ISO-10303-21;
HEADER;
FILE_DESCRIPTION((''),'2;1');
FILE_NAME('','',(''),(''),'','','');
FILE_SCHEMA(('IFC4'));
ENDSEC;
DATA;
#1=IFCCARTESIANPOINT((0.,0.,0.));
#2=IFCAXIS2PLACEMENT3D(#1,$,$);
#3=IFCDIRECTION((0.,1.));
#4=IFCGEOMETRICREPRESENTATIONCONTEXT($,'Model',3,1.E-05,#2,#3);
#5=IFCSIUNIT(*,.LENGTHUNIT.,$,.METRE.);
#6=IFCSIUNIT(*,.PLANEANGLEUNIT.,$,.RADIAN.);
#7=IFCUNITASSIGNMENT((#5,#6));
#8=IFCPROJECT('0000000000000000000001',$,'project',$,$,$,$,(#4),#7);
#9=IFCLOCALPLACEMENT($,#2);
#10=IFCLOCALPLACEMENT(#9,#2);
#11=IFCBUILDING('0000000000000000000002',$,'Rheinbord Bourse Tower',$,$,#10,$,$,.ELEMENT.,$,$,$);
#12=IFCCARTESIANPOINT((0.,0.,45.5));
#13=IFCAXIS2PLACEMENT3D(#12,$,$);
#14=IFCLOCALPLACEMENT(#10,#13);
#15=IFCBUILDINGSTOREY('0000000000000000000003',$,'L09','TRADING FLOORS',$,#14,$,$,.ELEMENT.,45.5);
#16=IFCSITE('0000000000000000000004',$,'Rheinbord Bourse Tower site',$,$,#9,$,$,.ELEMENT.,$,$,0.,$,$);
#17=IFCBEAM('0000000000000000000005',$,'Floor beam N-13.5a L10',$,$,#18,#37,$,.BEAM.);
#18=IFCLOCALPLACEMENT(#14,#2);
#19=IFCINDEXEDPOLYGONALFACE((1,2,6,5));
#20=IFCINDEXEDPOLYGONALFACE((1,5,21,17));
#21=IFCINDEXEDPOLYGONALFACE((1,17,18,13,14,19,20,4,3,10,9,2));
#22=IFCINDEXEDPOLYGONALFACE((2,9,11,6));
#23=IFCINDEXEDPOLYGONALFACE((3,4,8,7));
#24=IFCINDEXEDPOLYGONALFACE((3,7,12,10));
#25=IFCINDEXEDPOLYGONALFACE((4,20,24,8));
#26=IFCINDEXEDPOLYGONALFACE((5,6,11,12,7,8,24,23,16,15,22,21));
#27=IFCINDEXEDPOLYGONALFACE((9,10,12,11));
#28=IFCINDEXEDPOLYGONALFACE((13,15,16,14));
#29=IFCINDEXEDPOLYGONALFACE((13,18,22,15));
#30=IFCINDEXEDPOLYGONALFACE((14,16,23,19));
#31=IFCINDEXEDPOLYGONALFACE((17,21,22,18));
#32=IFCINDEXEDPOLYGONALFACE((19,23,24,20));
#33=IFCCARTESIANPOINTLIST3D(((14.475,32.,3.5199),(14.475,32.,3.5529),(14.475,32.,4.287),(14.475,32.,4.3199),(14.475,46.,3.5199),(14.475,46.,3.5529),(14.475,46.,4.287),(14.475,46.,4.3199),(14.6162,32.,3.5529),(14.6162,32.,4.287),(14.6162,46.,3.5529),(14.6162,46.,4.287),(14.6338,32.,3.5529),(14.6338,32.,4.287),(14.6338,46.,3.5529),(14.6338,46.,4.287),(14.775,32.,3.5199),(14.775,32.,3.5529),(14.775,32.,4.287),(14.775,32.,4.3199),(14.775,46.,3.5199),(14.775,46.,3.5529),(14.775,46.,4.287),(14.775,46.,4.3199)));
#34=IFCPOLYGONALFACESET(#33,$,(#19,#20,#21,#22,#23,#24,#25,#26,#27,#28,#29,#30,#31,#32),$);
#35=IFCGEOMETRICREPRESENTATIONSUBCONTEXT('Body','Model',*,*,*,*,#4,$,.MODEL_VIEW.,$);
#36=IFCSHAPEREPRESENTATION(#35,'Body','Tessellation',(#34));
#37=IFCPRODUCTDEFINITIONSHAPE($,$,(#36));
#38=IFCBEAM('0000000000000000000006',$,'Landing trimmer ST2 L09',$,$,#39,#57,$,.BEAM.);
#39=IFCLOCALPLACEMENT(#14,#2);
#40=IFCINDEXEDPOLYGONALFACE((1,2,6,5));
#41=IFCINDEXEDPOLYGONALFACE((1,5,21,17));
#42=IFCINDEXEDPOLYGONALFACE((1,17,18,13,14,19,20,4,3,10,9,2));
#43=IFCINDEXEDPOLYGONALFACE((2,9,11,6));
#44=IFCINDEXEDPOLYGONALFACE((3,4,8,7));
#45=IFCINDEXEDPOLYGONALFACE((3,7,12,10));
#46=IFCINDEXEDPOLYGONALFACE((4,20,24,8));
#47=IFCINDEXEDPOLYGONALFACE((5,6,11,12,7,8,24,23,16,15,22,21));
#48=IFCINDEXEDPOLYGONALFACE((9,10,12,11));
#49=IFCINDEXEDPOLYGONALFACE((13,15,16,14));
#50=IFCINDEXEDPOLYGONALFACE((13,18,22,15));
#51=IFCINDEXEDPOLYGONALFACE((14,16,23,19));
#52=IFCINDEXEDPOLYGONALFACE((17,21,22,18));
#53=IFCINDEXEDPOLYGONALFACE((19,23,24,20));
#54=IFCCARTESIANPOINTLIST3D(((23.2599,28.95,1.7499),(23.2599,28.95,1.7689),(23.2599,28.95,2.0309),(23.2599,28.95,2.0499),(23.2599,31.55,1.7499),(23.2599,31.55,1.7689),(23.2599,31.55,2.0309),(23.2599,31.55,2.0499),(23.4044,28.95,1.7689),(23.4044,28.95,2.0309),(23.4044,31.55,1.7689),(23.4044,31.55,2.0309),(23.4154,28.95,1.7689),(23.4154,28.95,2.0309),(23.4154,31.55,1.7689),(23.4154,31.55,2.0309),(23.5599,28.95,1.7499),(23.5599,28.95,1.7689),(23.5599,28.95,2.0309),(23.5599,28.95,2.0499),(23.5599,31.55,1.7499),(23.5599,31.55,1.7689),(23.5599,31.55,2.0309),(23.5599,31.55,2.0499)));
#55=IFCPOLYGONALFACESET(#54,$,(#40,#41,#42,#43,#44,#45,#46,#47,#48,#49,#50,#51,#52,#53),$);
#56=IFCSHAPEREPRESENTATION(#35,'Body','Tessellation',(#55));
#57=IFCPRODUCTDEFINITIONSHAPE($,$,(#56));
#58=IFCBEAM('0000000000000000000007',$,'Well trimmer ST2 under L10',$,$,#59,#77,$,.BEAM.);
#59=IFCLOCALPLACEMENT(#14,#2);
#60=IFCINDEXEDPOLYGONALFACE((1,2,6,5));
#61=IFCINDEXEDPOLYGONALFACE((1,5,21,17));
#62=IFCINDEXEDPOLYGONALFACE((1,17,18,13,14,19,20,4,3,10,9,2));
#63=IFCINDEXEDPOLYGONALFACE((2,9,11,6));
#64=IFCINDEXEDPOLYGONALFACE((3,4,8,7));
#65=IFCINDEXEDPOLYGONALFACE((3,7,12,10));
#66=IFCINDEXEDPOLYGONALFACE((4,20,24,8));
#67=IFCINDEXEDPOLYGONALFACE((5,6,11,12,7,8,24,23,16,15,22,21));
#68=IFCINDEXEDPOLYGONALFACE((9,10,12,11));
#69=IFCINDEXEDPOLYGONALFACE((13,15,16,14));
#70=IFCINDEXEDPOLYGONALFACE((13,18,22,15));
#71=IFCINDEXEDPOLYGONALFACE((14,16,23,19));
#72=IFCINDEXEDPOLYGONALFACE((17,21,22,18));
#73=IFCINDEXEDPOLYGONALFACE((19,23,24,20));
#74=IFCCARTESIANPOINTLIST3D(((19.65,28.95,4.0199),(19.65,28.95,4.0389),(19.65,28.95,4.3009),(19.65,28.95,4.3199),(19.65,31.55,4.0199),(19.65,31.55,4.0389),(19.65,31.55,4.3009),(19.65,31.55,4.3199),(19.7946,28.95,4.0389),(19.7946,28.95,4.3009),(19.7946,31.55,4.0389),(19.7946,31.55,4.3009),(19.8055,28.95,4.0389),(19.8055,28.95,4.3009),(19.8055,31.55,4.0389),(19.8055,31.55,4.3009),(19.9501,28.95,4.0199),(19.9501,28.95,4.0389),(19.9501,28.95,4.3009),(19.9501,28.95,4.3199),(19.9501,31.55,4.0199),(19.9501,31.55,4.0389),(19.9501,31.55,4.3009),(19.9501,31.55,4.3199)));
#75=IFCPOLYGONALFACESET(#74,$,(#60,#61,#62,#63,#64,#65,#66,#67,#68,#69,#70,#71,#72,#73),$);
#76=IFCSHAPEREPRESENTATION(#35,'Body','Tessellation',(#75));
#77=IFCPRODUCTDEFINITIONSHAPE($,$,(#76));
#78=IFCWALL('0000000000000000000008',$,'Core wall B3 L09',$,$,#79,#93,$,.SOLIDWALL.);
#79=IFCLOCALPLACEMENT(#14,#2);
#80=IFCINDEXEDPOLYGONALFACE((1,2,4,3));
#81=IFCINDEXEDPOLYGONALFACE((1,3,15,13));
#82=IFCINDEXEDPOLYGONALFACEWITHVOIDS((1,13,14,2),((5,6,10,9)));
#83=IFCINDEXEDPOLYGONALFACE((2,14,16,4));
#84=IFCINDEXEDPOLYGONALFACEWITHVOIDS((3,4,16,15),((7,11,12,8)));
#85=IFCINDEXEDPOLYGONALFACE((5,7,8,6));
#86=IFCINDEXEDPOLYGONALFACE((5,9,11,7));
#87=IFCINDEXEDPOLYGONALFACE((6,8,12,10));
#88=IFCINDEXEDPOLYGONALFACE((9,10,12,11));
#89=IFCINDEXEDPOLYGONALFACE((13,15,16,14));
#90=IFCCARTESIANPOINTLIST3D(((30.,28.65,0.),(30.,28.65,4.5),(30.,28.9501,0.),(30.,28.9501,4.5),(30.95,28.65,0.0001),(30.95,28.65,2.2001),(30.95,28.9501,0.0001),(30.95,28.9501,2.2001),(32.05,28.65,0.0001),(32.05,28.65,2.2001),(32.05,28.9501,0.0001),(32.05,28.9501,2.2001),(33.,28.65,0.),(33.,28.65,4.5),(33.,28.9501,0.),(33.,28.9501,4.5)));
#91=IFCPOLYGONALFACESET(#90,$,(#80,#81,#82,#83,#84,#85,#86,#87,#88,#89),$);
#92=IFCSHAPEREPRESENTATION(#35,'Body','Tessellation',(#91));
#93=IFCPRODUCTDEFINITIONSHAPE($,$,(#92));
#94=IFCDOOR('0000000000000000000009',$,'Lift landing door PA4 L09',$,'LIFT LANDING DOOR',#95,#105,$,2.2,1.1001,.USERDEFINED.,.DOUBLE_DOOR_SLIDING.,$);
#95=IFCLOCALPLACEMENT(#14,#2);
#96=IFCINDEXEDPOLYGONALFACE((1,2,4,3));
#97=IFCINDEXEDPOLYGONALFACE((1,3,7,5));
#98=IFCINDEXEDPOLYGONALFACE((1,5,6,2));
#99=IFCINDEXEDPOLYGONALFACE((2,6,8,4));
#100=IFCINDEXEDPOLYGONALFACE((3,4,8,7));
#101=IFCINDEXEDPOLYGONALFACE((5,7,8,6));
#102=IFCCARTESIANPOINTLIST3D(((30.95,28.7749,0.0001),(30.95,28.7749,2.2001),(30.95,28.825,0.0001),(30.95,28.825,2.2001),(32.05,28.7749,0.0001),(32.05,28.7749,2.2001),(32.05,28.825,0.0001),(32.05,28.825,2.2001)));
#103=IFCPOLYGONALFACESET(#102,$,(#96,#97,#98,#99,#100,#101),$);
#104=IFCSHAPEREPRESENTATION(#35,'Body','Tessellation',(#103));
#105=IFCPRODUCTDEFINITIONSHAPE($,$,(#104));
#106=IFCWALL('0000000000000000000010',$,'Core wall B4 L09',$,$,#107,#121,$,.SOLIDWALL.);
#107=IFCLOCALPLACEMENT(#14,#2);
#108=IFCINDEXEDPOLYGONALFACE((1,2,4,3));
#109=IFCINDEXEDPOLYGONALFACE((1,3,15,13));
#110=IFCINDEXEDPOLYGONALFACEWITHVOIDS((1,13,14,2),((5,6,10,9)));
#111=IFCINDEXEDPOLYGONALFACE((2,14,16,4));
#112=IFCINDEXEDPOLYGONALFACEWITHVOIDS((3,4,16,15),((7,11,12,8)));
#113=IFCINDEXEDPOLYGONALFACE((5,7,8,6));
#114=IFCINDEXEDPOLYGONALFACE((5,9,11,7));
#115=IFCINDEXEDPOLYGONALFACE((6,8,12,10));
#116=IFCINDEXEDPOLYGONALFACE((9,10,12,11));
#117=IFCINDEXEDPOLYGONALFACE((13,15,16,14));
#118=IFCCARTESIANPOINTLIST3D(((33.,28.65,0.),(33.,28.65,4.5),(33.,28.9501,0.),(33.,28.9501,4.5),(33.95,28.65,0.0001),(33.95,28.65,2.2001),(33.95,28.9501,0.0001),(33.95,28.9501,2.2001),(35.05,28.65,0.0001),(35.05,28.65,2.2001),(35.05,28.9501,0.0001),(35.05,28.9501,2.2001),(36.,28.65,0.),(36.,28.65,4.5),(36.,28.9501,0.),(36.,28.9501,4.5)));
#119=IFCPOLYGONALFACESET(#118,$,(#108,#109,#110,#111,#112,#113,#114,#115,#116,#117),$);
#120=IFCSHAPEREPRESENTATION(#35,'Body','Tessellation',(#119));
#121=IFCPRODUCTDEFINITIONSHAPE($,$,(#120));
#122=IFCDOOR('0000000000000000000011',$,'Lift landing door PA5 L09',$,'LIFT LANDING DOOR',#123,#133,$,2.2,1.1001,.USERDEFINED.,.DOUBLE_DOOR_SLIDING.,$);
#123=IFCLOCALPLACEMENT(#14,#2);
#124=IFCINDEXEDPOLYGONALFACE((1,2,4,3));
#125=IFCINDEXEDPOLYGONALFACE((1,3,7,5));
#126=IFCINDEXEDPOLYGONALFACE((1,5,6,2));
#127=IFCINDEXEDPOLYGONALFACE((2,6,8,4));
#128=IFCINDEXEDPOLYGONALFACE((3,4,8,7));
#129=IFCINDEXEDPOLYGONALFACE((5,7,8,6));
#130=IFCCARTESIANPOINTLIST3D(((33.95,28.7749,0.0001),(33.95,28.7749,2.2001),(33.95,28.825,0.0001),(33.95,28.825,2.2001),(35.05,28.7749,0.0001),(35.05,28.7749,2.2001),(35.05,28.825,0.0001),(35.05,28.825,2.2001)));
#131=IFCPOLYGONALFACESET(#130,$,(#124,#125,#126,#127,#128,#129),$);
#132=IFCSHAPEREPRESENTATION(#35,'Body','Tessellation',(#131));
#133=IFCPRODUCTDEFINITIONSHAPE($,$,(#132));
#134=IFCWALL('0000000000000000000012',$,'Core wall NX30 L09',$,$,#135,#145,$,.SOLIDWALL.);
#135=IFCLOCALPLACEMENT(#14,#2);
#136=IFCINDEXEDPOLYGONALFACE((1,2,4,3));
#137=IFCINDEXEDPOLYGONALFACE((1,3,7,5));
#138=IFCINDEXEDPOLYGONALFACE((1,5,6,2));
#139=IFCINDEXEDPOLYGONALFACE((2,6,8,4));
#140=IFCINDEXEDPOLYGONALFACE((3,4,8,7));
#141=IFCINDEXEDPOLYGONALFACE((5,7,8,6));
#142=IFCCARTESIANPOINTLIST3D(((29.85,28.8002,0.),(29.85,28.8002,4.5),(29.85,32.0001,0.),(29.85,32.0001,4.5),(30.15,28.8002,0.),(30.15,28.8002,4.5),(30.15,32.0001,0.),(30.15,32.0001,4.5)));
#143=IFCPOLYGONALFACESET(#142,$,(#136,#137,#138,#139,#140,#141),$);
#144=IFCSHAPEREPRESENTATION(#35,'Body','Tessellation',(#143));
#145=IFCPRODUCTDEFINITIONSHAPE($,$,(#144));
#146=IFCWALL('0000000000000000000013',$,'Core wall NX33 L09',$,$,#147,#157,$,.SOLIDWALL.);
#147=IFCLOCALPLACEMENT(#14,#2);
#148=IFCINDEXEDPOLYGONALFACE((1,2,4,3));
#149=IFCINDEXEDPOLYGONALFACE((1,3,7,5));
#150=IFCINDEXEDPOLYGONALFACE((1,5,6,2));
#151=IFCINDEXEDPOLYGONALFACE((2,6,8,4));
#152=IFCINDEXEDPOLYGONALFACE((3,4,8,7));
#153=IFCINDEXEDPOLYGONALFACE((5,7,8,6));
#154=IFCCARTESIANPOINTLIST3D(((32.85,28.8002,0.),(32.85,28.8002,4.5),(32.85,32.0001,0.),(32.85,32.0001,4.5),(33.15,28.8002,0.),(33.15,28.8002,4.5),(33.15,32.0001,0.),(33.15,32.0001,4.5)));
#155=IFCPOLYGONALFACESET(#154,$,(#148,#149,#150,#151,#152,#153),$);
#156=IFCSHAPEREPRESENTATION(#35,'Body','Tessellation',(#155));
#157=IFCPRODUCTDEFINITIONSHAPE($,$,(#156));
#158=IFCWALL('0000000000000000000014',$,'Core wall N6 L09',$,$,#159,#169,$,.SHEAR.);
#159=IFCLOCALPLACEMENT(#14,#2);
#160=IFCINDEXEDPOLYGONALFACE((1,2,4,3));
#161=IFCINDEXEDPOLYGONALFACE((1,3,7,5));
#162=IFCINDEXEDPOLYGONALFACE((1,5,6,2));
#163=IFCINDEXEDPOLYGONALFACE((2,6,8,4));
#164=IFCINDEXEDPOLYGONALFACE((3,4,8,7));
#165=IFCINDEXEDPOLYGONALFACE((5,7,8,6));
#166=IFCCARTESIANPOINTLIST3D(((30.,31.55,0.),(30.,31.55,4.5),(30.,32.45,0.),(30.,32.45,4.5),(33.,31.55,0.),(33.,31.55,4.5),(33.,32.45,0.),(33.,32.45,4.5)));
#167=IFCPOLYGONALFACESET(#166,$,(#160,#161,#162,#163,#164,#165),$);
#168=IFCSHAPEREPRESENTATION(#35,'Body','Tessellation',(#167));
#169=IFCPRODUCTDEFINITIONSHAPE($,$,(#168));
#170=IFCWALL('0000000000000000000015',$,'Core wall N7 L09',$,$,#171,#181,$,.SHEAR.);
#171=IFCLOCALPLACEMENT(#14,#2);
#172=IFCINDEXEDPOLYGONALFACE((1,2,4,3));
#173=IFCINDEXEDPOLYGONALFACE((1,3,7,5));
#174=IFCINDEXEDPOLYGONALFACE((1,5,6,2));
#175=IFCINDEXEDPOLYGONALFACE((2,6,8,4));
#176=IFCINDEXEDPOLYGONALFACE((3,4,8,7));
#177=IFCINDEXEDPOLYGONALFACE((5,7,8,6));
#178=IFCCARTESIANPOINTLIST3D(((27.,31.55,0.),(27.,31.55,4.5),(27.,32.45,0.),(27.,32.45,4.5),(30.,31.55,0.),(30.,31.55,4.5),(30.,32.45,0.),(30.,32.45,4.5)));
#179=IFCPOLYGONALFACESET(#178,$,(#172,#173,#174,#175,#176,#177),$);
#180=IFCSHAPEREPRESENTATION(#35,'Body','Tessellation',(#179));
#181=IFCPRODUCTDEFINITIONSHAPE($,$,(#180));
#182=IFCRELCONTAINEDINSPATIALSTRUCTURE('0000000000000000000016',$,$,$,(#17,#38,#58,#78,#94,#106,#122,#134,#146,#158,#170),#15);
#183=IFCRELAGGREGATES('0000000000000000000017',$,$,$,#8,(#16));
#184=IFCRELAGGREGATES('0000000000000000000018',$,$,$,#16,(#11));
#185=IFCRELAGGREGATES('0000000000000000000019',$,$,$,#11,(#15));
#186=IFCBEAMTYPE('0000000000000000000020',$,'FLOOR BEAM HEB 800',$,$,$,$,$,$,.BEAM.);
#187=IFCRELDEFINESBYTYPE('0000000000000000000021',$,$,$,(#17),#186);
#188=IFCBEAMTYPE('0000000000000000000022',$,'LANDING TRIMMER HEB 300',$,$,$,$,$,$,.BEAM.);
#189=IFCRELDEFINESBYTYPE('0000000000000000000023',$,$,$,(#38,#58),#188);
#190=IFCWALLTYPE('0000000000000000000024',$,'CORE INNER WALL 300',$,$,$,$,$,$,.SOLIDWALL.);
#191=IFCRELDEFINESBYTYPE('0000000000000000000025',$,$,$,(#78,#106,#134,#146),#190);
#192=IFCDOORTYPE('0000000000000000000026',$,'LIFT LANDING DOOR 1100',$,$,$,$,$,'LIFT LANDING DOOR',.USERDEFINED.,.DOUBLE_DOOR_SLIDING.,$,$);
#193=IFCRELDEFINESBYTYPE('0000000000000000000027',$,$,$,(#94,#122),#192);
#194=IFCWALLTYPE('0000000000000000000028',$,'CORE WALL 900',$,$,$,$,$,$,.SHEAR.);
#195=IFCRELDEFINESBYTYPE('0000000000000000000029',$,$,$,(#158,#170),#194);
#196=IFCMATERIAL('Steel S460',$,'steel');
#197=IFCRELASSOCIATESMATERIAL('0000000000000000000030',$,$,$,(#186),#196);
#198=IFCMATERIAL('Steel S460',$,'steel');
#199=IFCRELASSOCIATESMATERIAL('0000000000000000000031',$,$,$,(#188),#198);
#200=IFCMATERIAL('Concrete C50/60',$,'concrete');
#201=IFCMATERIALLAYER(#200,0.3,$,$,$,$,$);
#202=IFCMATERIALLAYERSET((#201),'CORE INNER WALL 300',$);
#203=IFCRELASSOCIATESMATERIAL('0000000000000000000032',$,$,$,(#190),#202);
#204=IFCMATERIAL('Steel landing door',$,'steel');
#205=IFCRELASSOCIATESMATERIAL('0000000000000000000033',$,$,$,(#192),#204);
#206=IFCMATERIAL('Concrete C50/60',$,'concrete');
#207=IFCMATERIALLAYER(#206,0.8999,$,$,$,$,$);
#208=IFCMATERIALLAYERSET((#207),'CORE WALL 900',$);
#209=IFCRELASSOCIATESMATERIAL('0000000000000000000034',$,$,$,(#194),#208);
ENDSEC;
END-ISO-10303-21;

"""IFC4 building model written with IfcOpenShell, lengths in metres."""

from ifc_helpers import new_model, si_unit, direction, frame, frame_2d, origin, origin_2d, place, context, subcontext, project, spatial, rectangle, i_section, extrude, material, layer, layer_set, material_profile, profile_set, type_object, element, fill, save


model = new_model("IFC4")

# Units and contexts
model_context = context("Model", 3, precision=1e-05, world=origin(), true_north=direction((0.0, 1.0)))
body_context = subcontext(model_context, "Body", "Model", "MODEL_VIEW")
ifc_project = project(units=[si_unit("LENGTHUNIT", "METRE"), si_unit("PLANEANGLEUNIT", "RADIAN")], contexts=[model_context])

# Site, building, storey
site_placement = place(None, origin())
site = spatial("IfcSite", under=ifc_project, at=site_placement, Name="Rheinbord Bourse Tower site", CompositionType="ELEMENT", RefElevation=0.0)
building_placement = place(site_placement, origin())
building = spatial("IfcBuilding", under=site, at=building_placement, Name="Rheinbord Bourse Tower", CompositionType="ELEMENT")
storey_placement = place(building_placement, frame((0.0, 0.0, 45.5)))
storey = spatial("IfcBuildingStorey", under=building, at=storey_placement, Name="L09", Description="TRADING FLOORS", CompositionType="ELEMENT", Elevation=45.5)

# Beams
ifc_material_1 = material(Name="Steel S460", Category="steel")
ifc_material_profile_1 = material_profile(ifc_material_1, i_section(OverallWidth=0.3, OverallDepth=0.8, WebThickness=0.0176, FlangeThickness=0.033, at=origin_2d()), Name="HEB 800")
ifc_profile_set_1 = profile_set([ifc_material_profile_1], Name="Steel S460")
beam_type_1 = type_object("IfcBeamType", Name="FLOOR BEAM HEB 800", PredefinedType="BEAM", material=ifc_profile_set_1)
beam_placement = place(storey_placement, frame((14.625, 46.0, 3.9199), z_axis=(0.0, -1.0, 0.0), x_axis=(1.0, 0.0, 0.0)))
element("IfcBeam", 1, at=beam_placement, inside=storey, type_object=beam_type_1, Name="Floor beam N-13.5a L10", PredefinedType="BEAM", context=body_context, shape_type="SweptSolid", body=[
    extrude(i_section(OverallWidth=0.3, OverallDepth=0.8, WebThickness=0.0176, FlangeThickness=0.033, at=origin_2d()), origin(), (0.0, 0.0, 1.0), 14.0),
])
ifc_material_2 = material(Name="Steel S460", Category="steel")
ifc_material_profile_2 = material_profile(ifc_material_2, i_section(OverallWidth=0.3, OverallDepth=0.3, WebThickness=0.011, FlangeThickness=0.019, at=origin_2d()), Name="HEB 300")
ifc_profile_set_2 = profile_set([ifc_material_profile_2], Name="Steel S460")
beam_type_2 = type_object("IfcBeamType", Name="LANDING TRIMMER HEB 300", PredefinedType="BEAM", material=ifc_profile_set_2)
for number, where, z_axis, x_axis, name in (
    (2, (23.4099, 28.95, 1.8999), (0.0, 1.0, 0.0), (-1.0, 0.0, 0.0), "Landing trimmer ST2 L09"),
    (3, (19.8, 28.95, 4.1699), (0.0, 1.0, 0.0), (-1.0, 0.0, 0.0), "Well trimmer ST2 under L10"),
):
    element("IfcBeam", number, at=place(storey_placement, frame(where, z_axis=z_axis, x_axis=x_axis)), inside=storey, type_object=beam_type_2, Name=name, PredefinedType="BEAM", context=body_context, shape_type="SweptSolid", body=[
        extrude(i_section(OverallWidth=0.3, OverallDepth=0.3, WebThickness=0.011, FlangeThickness=0.019, at=origin_2d()), origin(), (0.0, 0.0, 1.0), 2.6001),
    ])

# Walls, openings, doors
ifc_material_3 = material(Name="Concrete C50/60", Category="concrete")
ifc_layer_1 = layer(ifc_material_3, 0.3)
ifc_layer_set_1 = layer_set([ifc_layer_1], Name="CORE INNER WALL 300")
wall_type_1 = type_object("IfcWallType", Name="CORE INNER WALL 300", PredefinedType="SOLIDWALL", material=ifc_layer_set_1)
wall_1_placement = place(storey_placement, frame((30.0, 28.8, 0.0), z_axis=(0.0, 0.0, 1.0), x_axis=(1.0, 0.0, 0.0)))
wall_1 = element("IfcWall", 4, at=wall_1_placement, inside=storey, type_object=wall_type_1, Name="Core wall B3 L09", PredefinedType="SOLIDWALL", context=body_context, shape_type="SweptSolid", body=[
    extrude(rectangle(XDim=3.0, YDim=0.3, at=frame_2d((1.5, 0.0))), origin(), (0.0, 0.0, 1.0), 4.5),
])
opening_1_placement = place(wall_1_placement, frame((0.95, 0.0, 0.0)))
opening_1 = element("IfcOpeningElement", 5, at=opening_1_placement, cuts=wall_1, PredefinedType="OPENING", context=body_context, shape_type="SweptSolid", body=[
    extrude(rectangle(XDim=1.1001, YDim=2.2, at=frame_2d((0.55, 1.1001))), frame((0.0, 0.1599, 0.0), z_axis=(0.0, -1.0, 0.0), x_axis=(1.0, 0.0, 0.0)), (0.0, 0.0, 1.0), 0.3201),
])
ifc_material_4 = material(Name="Steel landing door", Category="steel")
door_type_1 = type_object("IfcDoorType", Name="LIFT LANDING DOOR 1100", ElementType="LIFT LANDING DOOR", OperationType="DOUBLE_DOOR_SLIDING", PredefinedType="USERDEFINED", material=ifc_material_4)
door_1_placement = place(opening_1_placement, origin())
door_1 = element("IfcDoor", 6, at=door_1_placement, inside=storey, type_object=door_type_1, Name="Lift landing door PA4 L09", ObjectType="LIFT LANDING DOOR", OperationType="DOUBLE_DOOR_SLIDING", OverallHeight=2.2, OverallWidth=1.1001, PredefinedType="USERDEFINED", context=body_context, shape_type="SweptSolid", body=[
    extrude(rectangle(XDim=1.1001, YDim=2.2, at=frame_2d((0.55, 1.1001))), frame((0.0, 0.0249, 0.0), z_axis=(0.0, -1.0, 0.0), x_axis=(1.0, 0.0, 0.0)), (0.0, 0.0, 1.0), 0.05),
])
fill(opening_1, door_1)
wall_2_placement = place(storey_placement, frame((33.0, 28.8, 0.0), z_axis=(0.0, 0.0, 1.0), x_axis=(1.0, 0.0, 0.0)))
wall_2 = element("IfcWall", 7, at=wall_2_placement, inside=storey, type_object=wall_type_1, Name="Core wall B4 L09", PredefinedType="SOLIDWALL", context=body_context, shape_type="SweptSolid", body=[
    extrude(rectangle(XDim=3.0, YDim=0.3, at=frame_2d((1.5, 0.0))), origin(), (0.0, 0.0, 1.0), 4.5),
])
opening_2_placement = place(wall_2_placement, frame((0.95, 0.0, 0.0)))
opening_2 = element("IfcOpeningElement", 8, at=opening_2_placement, cuts=wall_2, PredefinedType="OPENING", context=body_context, shape_type="SweptSolid", body=[
    extrude(rectangle(XDim=1.1001, YDim=2.2, at=frame_2d((0.55, 1.1001))), frame((0.0, 0.1599, 0.0), z_axis=(0.0, -1.0, 0.0), x_axis=(1.0, 0.0, 0.0)), (0.0, 0.0, 1.0), 0.3201),
])
door_2_placement = place(opening_2_placement, origin())
door_2 = element("IfcDoor", 9, at=door_2_placement, inside=storey, type_object=door_type_1, Name="Lift landing door PA5 L09", ObjectType="LIFT LANDING DOOR", OperationType="DOUBLE_DOOR_SLIDING", OverallHeight=2.2, OverallWidth=1.1001, PredefinedType="USERDEFINED", context=body_context, shape_type="SweptSolid", body=[
    extrude(rectangle(XDim=1.1001, YDim=2.2, at=frame_2d((0.55, 1.1001))), frame((0.0, 0.0249, 0.0), z_axis=(0.0, -1.0, 0.0), x_axis=(1.0, 0.0, 0.0)), (0.0, 0.0, 1.0), 0.05),
])
fill(opening_2, door_2)

# Walls
for number, where, z_axis, x_axis, name in (
    (10, (30.0, 28.8, 0.0), (0.0, 0.0, 1.0), (0.0, 1.0, 0.0), "Core wall NX30 L09"),
    (11, (33.0, 28.8, 0.0), (0.0, 0.0, 1.0), (0.0, 1.0, 0.0), "Core wall NX33 L09"),
):
    element("IfcWall", number, at=place(storey_placement, frame(where, z_axis=z_axis, x_axis=x_axis)), inside=storey, type_object=wall_type_1, Name=name, PredefinedType="SOLIDWALL", context=body_context, shape_type="SweptSolid", body=[
        extrude(rectangle(XDim=3.2, YDim=0.3, at=frame_2d((1.6001, 0.0))), origin(), (0.0, 0.0, 1.0), 4.5),
    ])
ifc_material_5 = material(Name="Concrete C50/60", Category="concrete")
ifc_layer_2 = layer(ifc_material_5, 0.8999)
ifc_layer_set_2 = layer_set([ifc_layer_2], Name="CORE WALL 900")
wall_type_2 = type_object("IfcWallType", Name="CORE WALL 900", PredefinedType="SHEAR", material=ifc_layer_set_2)
for number, where, z_axis, x_axis, name in (
    (12, (33.0, 32.0, 0.0), (0.0, 0.0, 1.0), (-1.0, 0.0, 0.0), "Core wall N6 L09"),
    (13, (30.0, 32.0, 0.0), (0.0, 0.0, 1.0), (-1.0, 0.0, 0.0), "Core wall N7 L09"),
):
    element("IfcWall", number, at=place(storey_placement, frame(where, z_axis=z_axis, x_axis=x_axis)), inside=storey, type_object=wall_type_2, Name=name, PredefinedType="SHEAR", context=body_context, shape_type="SweptSolid", body=[
        extrude(rectangle(XDim=3.0, YDim=0.8999, at=frame_2d((1.5, 0.0))), origin(), (0.0, 0.0, 1.0), 4.5),
    ])

save(model, "model.ifc")
